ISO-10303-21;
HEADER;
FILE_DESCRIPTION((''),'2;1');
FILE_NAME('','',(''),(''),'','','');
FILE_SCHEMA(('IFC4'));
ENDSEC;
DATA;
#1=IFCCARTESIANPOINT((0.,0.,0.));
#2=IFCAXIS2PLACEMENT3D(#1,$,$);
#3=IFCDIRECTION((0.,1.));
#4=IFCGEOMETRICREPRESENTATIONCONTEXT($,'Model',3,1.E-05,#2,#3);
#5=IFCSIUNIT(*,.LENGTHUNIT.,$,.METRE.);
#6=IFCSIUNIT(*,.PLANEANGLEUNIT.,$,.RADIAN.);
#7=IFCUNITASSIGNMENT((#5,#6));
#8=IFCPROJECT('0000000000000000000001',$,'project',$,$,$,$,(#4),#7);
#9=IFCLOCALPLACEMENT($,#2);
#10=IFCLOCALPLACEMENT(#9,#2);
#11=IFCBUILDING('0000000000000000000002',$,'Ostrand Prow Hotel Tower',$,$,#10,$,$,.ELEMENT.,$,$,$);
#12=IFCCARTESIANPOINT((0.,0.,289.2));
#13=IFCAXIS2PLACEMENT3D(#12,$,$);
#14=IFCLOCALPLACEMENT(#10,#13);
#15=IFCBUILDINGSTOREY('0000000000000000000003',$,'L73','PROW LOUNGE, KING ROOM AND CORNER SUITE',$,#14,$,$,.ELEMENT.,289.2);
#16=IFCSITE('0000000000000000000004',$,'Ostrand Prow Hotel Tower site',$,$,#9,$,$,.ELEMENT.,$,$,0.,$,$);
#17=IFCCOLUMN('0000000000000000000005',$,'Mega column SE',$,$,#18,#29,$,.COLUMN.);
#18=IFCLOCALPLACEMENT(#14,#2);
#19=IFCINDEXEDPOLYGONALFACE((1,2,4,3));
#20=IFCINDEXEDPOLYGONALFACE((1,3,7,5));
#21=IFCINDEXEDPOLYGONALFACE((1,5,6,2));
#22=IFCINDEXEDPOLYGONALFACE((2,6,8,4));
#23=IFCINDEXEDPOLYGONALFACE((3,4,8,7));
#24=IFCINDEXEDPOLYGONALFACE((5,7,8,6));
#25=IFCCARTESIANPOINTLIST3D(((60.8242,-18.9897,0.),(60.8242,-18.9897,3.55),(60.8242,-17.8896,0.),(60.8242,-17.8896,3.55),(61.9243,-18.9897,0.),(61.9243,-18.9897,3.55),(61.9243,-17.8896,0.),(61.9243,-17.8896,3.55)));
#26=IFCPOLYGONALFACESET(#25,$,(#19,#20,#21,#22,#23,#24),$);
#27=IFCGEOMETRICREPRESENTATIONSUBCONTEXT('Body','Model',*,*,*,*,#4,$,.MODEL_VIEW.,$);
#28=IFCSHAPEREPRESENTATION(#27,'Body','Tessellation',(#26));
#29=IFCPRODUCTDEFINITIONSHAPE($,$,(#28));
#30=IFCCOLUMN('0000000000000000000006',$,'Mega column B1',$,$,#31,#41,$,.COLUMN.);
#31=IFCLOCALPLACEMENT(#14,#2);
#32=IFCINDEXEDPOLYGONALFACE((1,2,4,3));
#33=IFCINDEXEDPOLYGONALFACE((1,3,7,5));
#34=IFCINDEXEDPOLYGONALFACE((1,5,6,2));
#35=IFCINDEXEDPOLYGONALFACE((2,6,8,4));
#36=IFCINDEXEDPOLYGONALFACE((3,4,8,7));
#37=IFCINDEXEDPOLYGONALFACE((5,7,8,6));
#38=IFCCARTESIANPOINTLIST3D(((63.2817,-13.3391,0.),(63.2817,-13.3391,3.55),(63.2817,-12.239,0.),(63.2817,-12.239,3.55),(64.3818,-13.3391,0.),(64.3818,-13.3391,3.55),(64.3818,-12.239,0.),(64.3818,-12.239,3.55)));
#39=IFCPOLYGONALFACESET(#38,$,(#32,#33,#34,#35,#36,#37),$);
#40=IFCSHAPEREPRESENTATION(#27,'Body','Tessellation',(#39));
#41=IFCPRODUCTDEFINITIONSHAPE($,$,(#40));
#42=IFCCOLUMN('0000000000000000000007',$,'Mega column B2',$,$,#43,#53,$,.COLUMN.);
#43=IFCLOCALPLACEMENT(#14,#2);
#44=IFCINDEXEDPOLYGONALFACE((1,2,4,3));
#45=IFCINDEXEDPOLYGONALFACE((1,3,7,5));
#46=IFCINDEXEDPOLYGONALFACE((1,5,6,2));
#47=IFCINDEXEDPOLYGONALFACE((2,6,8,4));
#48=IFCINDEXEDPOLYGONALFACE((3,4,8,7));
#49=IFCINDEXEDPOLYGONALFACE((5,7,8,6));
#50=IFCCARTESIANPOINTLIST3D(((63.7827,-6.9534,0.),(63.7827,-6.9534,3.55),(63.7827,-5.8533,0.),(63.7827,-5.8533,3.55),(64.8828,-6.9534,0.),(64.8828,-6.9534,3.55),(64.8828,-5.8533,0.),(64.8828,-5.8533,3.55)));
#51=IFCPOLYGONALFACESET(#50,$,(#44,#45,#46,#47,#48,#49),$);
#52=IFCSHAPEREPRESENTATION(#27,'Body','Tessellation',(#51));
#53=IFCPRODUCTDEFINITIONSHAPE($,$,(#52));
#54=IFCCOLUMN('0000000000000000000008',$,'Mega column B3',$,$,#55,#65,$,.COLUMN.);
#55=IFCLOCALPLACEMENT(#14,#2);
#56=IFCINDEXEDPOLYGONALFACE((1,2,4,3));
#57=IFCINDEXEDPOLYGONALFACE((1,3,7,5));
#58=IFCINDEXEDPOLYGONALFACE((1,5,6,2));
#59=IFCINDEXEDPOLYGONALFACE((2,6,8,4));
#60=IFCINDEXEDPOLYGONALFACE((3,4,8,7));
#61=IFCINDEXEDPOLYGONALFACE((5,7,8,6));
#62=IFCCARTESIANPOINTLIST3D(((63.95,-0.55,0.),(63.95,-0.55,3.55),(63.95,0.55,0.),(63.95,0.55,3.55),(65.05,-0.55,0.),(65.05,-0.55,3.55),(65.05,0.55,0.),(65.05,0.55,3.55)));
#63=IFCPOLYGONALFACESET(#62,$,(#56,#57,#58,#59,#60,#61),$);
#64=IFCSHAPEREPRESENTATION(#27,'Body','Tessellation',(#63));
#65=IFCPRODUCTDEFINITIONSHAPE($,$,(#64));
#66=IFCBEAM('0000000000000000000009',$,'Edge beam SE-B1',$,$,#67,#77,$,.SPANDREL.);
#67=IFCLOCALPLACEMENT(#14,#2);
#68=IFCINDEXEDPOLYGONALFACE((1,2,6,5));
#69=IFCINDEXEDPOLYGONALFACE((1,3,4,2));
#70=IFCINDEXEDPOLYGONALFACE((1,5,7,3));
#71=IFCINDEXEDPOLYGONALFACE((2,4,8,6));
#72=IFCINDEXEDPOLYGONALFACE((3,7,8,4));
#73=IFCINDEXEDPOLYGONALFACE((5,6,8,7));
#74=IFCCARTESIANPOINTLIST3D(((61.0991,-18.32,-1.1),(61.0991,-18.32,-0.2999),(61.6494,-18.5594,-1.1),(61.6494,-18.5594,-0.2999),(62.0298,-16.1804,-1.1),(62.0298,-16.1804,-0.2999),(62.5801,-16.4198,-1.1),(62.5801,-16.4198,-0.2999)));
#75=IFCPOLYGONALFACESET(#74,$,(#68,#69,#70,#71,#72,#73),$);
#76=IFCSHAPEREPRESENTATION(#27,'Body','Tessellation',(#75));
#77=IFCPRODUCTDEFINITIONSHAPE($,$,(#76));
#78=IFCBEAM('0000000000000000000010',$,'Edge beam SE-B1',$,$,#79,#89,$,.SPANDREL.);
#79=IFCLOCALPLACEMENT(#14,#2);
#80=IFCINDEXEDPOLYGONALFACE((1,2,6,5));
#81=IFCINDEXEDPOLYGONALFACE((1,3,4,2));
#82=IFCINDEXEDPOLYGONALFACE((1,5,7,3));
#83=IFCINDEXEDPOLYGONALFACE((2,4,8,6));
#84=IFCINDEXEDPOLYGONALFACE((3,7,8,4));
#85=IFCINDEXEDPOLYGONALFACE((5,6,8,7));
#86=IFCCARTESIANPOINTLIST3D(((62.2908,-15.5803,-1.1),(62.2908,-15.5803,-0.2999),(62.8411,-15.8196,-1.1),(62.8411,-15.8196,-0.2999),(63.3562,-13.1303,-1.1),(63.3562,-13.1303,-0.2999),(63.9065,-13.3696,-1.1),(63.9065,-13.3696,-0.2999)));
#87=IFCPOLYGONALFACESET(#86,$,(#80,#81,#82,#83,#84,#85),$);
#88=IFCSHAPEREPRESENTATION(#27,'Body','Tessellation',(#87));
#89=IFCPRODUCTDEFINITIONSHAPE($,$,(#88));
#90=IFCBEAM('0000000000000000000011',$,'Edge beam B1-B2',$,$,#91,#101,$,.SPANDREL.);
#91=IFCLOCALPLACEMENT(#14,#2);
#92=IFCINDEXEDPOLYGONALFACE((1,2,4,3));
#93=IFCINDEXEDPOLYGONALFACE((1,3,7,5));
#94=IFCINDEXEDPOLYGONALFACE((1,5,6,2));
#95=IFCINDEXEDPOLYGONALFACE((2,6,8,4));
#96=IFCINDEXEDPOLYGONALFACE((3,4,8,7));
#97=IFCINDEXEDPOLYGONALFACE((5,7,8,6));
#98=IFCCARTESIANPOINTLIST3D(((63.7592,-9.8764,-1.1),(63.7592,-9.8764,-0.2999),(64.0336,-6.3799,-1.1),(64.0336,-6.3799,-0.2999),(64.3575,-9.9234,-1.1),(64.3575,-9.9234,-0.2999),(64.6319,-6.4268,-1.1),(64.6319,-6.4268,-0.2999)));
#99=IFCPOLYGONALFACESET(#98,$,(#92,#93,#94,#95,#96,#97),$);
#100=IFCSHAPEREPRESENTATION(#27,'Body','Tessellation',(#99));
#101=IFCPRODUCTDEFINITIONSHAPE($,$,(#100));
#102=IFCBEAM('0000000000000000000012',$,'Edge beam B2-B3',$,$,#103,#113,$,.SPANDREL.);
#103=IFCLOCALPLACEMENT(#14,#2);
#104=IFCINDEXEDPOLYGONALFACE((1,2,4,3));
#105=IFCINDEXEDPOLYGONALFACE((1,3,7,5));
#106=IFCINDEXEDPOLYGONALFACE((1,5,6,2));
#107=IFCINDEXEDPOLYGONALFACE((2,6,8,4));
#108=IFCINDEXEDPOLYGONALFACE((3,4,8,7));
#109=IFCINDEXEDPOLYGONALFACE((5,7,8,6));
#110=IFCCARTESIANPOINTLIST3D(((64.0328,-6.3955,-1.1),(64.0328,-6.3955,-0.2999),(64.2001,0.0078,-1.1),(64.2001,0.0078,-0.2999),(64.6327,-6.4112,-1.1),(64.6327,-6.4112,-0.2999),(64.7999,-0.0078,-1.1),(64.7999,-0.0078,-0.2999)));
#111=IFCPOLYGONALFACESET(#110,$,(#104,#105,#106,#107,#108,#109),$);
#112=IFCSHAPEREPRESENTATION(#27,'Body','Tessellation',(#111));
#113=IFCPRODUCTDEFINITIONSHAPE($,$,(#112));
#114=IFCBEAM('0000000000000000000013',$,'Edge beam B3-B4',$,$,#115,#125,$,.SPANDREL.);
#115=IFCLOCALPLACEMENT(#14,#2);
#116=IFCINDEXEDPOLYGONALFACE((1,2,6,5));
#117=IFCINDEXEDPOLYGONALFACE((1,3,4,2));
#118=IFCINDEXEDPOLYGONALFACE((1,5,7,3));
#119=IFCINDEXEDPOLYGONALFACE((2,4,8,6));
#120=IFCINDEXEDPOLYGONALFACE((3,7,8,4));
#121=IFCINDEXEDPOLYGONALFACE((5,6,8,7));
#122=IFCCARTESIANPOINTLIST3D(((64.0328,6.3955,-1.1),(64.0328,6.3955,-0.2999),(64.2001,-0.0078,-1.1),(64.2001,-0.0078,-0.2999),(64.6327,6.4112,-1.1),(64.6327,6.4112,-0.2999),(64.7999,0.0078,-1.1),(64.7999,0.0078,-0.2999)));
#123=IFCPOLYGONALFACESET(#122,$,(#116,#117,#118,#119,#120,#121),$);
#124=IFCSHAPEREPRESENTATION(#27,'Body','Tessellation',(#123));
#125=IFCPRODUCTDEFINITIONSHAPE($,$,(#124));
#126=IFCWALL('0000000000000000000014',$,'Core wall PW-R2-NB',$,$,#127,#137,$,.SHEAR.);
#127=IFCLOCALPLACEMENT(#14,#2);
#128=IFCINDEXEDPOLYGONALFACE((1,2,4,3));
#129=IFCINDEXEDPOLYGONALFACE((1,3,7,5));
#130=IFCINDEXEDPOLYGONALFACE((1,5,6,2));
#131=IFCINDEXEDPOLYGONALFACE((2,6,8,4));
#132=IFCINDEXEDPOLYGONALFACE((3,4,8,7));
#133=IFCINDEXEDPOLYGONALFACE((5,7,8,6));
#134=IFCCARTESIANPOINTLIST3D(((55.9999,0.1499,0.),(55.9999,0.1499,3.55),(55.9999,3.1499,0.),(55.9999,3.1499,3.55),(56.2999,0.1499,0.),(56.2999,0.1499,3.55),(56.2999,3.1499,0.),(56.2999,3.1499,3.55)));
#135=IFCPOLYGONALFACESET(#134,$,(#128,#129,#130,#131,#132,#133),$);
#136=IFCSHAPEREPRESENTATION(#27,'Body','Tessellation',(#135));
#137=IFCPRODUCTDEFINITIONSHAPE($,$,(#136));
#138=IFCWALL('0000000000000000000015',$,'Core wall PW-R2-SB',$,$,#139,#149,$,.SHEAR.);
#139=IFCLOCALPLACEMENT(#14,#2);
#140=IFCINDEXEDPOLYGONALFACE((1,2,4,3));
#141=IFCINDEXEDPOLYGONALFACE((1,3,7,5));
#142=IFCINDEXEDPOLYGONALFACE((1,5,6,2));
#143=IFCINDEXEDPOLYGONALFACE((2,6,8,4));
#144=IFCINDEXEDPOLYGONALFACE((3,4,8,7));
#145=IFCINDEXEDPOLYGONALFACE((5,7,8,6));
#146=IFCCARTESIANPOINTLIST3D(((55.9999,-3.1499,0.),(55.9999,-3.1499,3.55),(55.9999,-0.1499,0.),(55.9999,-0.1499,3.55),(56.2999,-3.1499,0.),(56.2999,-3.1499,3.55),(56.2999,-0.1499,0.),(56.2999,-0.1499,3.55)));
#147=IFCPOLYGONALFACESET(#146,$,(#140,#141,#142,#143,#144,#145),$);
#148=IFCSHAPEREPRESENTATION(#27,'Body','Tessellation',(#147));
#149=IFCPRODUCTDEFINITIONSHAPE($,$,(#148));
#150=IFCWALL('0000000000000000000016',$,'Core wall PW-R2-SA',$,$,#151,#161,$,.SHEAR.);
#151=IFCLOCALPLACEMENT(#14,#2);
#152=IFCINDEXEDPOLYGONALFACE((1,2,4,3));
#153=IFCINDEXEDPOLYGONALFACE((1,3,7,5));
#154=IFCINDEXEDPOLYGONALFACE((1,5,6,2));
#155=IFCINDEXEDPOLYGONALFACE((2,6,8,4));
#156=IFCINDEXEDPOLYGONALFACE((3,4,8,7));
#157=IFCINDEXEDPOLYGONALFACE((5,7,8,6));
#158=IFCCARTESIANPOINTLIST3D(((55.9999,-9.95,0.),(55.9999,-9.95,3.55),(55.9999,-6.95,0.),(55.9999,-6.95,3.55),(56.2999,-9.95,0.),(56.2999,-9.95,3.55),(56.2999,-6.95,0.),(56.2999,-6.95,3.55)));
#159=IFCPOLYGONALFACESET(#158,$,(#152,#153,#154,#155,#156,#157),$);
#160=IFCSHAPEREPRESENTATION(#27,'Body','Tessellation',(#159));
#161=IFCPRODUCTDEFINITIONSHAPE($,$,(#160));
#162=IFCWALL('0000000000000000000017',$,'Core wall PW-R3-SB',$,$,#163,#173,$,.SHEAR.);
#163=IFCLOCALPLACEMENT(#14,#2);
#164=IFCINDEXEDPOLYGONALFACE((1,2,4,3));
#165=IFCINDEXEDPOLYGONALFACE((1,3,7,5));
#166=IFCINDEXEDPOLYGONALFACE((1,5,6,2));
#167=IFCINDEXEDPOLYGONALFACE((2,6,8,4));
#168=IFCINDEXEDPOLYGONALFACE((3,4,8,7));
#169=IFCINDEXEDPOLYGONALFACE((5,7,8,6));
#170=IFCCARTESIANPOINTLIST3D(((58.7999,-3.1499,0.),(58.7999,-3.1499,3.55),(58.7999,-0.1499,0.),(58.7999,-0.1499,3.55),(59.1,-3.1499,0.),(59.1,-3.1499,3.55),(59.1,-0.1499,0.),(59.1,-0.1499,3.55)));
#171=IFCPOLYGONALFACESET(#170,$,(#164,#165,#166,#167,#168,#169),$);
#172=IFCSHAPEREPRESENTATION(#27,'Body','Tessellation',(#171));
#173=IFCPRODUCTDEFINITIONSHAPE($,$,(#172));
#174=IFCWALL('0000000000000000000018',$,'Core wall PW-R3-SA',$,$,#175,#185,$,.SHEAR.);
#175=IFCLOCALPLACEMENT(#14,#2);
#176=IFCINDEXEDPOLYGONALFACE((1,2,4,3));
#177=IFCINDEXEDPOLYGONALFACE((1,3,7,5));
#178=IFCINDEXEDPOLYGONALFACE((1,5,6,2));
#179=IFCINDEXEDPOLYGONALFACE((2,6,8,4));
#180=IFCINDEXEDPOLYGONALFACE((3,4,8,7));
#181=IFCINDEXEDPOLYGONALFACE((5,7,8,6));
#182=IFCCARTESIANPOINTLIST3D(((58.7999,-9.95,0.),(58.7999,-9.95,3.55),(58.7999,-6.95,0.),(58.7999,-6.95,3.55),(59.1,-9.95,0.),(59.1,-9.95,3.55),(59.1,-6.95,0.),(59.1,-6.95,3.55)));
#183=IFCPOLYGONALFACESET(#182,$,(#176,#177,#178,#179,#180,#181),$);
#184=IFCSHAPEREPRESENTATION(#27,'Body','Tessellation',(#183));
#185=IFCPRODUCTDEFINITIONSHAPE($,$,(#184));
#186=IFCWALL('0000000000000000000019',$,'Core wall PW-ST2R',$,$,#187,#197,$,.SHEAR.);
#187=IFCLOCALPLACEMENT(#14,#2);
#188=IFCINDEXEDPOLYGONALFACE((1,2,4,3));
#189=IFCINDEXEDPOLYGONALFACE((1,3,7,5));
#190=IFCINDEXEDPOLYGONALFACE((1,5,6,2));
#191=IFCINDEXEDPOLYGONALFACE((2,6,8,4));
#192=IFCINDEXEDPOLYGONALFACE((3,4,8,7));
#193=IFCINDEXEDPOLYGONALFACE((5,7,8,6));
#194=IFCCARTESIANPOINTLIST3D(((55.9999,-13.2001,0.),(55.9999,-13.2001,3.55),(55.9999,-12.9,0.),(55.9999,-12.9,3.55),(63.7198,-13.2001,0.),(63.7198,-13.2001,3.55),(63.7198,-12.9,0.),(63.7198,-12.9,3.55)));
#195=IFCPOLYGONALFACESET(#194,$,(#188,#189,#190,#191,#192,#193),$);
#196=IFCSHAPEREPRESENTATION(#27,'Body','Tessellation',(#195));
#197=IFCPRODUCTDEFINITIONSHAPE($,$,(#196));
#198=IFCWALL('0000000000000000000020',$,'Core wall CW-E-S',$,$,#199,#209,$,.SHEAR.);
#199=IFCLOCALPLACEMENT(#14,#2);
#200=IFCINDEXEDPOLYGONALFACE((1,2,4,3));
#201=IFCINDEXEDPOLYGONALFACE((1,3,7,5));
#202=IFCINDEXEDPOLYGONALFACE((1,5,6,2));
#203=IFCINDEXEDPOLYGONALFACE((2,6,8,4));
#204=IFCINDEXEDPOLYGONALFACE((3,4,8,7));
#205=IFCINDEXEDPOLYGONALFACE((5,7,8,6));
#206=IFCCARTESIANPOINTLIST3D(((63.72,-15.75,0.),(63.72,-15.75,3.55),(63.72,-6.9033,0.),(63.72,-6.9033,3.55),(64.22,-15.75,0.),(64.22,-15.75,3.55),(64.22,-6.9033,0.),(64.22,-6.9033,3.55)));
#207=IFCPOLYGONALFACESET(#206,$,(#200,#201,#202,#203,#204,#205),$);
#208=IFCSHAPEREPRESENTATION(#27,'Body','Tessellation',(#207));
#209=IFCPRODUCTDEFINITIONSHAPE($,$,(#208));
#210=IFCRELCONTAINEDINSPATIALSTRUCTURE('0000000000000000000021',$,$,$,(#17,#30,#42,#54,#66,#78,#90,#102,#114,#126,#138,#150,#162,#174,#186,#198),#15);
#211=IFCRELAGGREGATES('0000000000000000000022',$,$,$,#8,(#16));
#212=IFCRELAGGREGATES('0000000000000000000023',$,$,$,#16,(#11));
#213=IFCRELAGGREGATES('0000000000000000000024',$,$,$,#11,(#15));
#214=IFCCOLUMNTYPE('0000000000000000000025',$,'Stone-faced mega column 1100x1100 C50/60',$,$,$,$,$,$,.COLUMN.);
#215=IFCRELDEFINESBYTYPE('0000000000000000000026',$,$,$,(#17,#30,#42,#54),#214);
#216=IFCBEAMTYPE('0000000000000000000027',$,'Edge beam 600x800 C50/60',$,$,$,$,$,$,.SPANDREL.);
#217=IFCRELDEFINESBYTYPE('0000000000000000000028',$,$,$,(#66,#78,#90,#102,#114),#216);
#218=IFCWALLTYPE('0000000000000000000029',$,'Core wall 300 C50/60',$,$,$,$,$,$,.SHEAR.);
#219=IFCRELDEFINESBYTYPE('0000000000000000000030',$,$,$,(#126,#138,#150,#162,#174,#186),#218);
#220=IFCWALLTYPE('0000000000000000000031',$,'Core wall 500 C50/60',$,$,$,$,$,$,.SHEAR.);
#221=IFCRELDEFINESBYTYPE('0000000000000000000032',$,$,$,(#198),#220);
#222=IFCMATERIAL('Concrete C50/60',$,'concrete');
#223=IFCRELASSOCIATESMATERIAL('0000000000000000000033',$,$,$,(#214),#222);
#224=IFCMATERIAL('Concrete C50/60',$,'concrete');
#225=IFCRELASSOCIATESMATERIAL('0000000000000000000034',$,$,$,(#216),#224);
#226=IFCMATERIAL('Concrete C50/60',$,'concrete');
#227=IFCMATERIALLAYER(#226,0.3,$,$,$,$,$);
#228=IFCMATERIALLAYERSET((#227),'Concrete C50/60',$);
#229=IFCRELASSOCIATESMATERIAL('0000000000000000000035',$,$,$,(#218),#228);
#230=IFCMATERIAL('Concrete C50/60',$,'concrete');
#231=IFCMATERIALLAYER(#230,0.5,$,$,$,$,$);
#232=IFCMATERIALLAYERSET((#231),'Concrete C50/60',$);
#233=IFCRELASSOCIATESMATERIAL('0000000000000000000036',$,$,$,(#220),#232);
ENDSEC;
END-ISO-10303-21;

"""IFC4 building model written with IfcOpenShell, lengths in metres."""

from ifc_helpers import new_model, si_unit, direction, frame, frame_2d, origin, origin_2d, place, context, subcontext, project, spatial, rectangle, extrude, material, layer, layer_set, material_profile, profile_set, type_object, element, save


model = new_model("IFC4")

# Units and contexts
model_context = context("Model", 3, precision=1e-05, world=origin(), true_north=direction((0.0, 1.0)))
body_context = subcontext(model_context, "Body", "Model", "MODEL_VIEW")
ifc_project = project(units=[si_unit("LENGTHUNIT", "METRE"), si_unit("PLANEANGLEUNIT", "RADIAN")], contexts=[model_context])

# Site, building, storey
site_placement = place(None, origin())
site = spatial("IfcSite", under=ifc_project, at=site_placement, Name="Ostrand Prow Hotel Tower site", CompositionType="ELEMENT", RefElevation=0.0)
building_placement = place(site_placement, origin())
building = spatial("IfcBuilding", under=site, at=building_placement, Name="Ostrand Prow Hotel Tower", CompositionType="ELEMENT")
storey_placement = place(building_placement, frame((0.0, 0.0, 289.2)))
storey = spatial("IfcBuildingStorey", under=building, at=storey_placement, Name="L73", Description="PROW LOUNGE, KING ROOM AND CORNER SUITE", CompositionType="ELEMENT", Elevation=289.2)

# Columns
ifc_material_1 = material(Name="Concrete C50/60", Category="concrete")
ifc_material_profile_1 = material_profile(ifc_material_1, rectangle(XDim=1.1001, YDim=1.1001, at=origin_2d()), Name="RC 1100x1100")
ifc_profile_set_1 = profile_set([ifc_material_profile_1], Name="Concrete C50/60")
column_type = type_object("IfcColumnType", Name="Stone-faced mega column 1100x1100 C50/60", PredefinedType="COLUMN", material=ifc_profile_set_1)
for number, where, z_axis, x_axis, name in (
    (1, (61.3743, -18.4397, 0.0), (0.0, 0.0, 1.0), (1.0, 0.0, 0.0), "Mega column SE"),
    (2, (63.8318, -12.7891, 0.0), (0.0, 0.0, 1.0), (1.0, 0.0, 0.0), "Mega column B1"),
    (3, (64.3328, -6.4033, 0.0), (0.0, 0.0, 1.0), (1.0, 0.0, 0.0), "Mega column B2"),
    (4, (64.5, 0.0, 0.0), (0.0, 0.0, 1.0), (1.0, 0.0, 0.0), "Mega column B3"),
):
    element("IfcColumn", number, at=place(storey_placement, frame(where, z_axis=z_axis, x_axis=x_axis)), inside=storey, type_object=column_type, Name=name, PredefinedType="COLUMN", context=body_context, shape_type="SweptSolid", body=[
        extrude(rectangle(XDim=1.1001, YDim=1.1001, at=origin_2d()), origin(), (0.0, 0.0, 1.0), 3.55),
    ])

# Beams
ifc_material_2 = material(Name="Concrete C50/60", Category="concrete")
ifc_material_profile_2 = material_profile(ifc_material_2, rectangle(XDim=0.6001, YDim=0.8, at=origin_2d()), Name="RC 600x800")
ifc_profile_set_2 = profile_set([ifc_material_profile_2], Name="Concrete C50/60")
beam_type = type_object("IfcBeamType", Name="Edge beam 600x800 C50/60", PredefinedType="SPANDREL", material=ifc_profile_set_2)
beam_1_placement = place(storey_placement, frame((61.3743, -18.4397, -0.7), z_axis=(0.398864, 0.91701, 0.0), x_axis=(-0.91701, 0.398864, 0.0)))
element("IfcBeam", 5, at=beam_1_placement, inside=storey, type_object=beam_type, Name="Edge beam SE-B1", PredefinedType="SPANDREL", context=body_context, shape_type="SweptSolid", body=[
    extrude(rectangle(XDim=0.6001, YDim=0.8, at=origin_2d()), origin(), (0.0, 0.0, 1.0), 2.3333),
])
beam_2_placement = place(storey_placement, frame((62.5659, -15.7, -0.7), z_axis=(0.3988, 0.917038, 0.0), x_axis=(-0.917038, 0.3988, 0.0)))
element("IfcBeam", 6, at=beam_2_placement, inside=storey, type_object=beam_type, Name="Edge beam SE-B1", PredefinedType="SPANDREL", context=body_context, shape_type="SweptSolid", body=[
    extrude(rectangle(XDim=0.6001, YDim=0.8, at=origin_2d()), origin(), (0.0, 0.0, 1.0), 2.6716),
])
beam_3_placement = place(storey_placement, frame((64.0583, -9.8999, -0.7), z_axis=(0.07824, 0.996935, 0.0), x_axis=(-0.996935, 0.07824, 0.0)))
element("IfcBeam", 7, at=beam_3_placement, inside=storey, type_object=beam_type, Name="Edge beam B1-B2", PredefinedType="SPANDREL", context=body_context, shape_type="SweptSolid", body=[
    extrude(rectangle(XDim=0.6001, YDim=0.8, at=origin_2d()), origin(), (0.0, 0.0, 1.0), 3.5073),
])
for number, where, z_axis, x_axis, name in (
    (8, (64.3328, -6.4033, -0.7), (0.026108, 0.999659, 0.0), (-0.999659, 0.026108, 0.0), "Edge beam B2-B3"),
    (9, (64.5, 0.0, -0.7), (-0.026108, 0.999659, 0.0), (-0.999659, -0.026108, 0.0), "Edge beam B3-B4"),
):
    element("IfcBeam", number, at=place(storey_placement, frame(where, z_axis=z_axis, x_axis=x_axis)), inside=storey, type_object=beam_type, Name=name, PredefinedType="SPANDREL", context=body_context, shape_type="SweptSolid", body=[
        extrude(rectangle(XDim=0.6001, YDim=0.8, at=origin_2d()), origin(), (0.0, 0.0, 1.0), 6.4055),
    ])

# Walls
ifc_material_3 = material(Name="Concrete C50/60", Category="concrete")
ifc_layer_1 = layer(ifc_material_3, 0.3)
ifc_layer_set_1 = layer_set([ifc_layer_1], Name="Concrete C50/60")
wall_type_1 = type_object("IfcWallType", Name="Core wall 300 C50/60", PredefinedType="SHEAR", material=ifc_layer_set_1)
for number, where, z_axis, x_axis, name in (
    (10, (56.1499, 0.1499, 0.0), (0.0, 0.0, 1.0), (0.0, 1.0, 0.0), "Core wall PW-R2-NB"),
    (11, (56.1499, -3.1499, 0.0), (0.0, 0.0, 1.0), (0.0, 1.0, 0.0), "Core wall PW-R2-SB"),
    (12, (56.1499, -9.95, 0.0), (0.0, 0.0, 1.0), (0.0, 1.0, 0.0), "Core wall PW-R2-SA"),
    (13, (58.95, -3.1499, 0.0), (0.0, 0.0, 1.0), (0.0, 1.0, 0.0), "Core wall PW-R3-SB"),
    (14, (58.95, -9.95, 0.0), (0.0, 0.0, 1.0), (0.0, 1.0, 0.0), "Core wall PW-R3-SA"),
):
    element("IfcWall", number, at=place(storey_placement, frame(where, z_axis=z_axis, x_axis=x_axis)), inside=storey, type_object=wall_type_1, Name=name, PredefinedType="SHEAR", context=body_context, shape_type="SweptSolid", body=[
        extrude(rectangle(XDim=3.0, YDim=0.3, at=frame_2d((1.5, 0.0))), origin(), (0.0, 0.0, 1.0), 3.55),
    ])
wall_1_placement = place(storey_placement, frame((56.0, -13.05, 0.0), z_axis=(0.0, 0.0, 1.0), x_axis=(1.0, 0.0, 0.0)))
element("IfcWall", 15, at=wall_1_placement, inside=storey, type_object=wall_type_1, Name="Core wall PW-ST2R", PredefinedType="SHEAR", context=body_context, shape_type="SweptSolid", body=[
    extrude(rectangle(XDim=7.72, YDim=0.3, at=frame_2d((3.8599, 0.0))), origin(), (0.0, 0.0, 1.0), 3.55),
])
ifc_material_4 = material(Name="Concrete C50/60", Category="concrete")
ifc_layer_2 = layer(ifc_material_4, 0.5)
ifc_layer_set_2 = layer_set([ifc_layer_2], Name="Concrete C50/60")
wall_type_2 = type_object("IfcWallType", Name="Core wall 500 C50/60", PredefinedType="SHEAR", material=ifc_layer_set_2)
wall_2_placement = place(storey_placement, frame((63.97, -15.75, 0.0), z_axis=(0.0, 0.0, 1.0), x_axis=(0.0, 1.0, 0.0)))
element("IfcWall", 16, at=wall_2_placement, inside=storey, type_object=wall_type_2, Name="Core wall CW-E-S", PredefinedType="SHEAR", context=body_context, shape_type="SweptSolid", body=[
    extrude(rectangle(XDim=8.8467, YDim=0.5, at=frame_2d((4.4233, 0.0))), origin(), (0.0, 0.0, 1.0), 3.55),
])

save(model, "model.ifc")
